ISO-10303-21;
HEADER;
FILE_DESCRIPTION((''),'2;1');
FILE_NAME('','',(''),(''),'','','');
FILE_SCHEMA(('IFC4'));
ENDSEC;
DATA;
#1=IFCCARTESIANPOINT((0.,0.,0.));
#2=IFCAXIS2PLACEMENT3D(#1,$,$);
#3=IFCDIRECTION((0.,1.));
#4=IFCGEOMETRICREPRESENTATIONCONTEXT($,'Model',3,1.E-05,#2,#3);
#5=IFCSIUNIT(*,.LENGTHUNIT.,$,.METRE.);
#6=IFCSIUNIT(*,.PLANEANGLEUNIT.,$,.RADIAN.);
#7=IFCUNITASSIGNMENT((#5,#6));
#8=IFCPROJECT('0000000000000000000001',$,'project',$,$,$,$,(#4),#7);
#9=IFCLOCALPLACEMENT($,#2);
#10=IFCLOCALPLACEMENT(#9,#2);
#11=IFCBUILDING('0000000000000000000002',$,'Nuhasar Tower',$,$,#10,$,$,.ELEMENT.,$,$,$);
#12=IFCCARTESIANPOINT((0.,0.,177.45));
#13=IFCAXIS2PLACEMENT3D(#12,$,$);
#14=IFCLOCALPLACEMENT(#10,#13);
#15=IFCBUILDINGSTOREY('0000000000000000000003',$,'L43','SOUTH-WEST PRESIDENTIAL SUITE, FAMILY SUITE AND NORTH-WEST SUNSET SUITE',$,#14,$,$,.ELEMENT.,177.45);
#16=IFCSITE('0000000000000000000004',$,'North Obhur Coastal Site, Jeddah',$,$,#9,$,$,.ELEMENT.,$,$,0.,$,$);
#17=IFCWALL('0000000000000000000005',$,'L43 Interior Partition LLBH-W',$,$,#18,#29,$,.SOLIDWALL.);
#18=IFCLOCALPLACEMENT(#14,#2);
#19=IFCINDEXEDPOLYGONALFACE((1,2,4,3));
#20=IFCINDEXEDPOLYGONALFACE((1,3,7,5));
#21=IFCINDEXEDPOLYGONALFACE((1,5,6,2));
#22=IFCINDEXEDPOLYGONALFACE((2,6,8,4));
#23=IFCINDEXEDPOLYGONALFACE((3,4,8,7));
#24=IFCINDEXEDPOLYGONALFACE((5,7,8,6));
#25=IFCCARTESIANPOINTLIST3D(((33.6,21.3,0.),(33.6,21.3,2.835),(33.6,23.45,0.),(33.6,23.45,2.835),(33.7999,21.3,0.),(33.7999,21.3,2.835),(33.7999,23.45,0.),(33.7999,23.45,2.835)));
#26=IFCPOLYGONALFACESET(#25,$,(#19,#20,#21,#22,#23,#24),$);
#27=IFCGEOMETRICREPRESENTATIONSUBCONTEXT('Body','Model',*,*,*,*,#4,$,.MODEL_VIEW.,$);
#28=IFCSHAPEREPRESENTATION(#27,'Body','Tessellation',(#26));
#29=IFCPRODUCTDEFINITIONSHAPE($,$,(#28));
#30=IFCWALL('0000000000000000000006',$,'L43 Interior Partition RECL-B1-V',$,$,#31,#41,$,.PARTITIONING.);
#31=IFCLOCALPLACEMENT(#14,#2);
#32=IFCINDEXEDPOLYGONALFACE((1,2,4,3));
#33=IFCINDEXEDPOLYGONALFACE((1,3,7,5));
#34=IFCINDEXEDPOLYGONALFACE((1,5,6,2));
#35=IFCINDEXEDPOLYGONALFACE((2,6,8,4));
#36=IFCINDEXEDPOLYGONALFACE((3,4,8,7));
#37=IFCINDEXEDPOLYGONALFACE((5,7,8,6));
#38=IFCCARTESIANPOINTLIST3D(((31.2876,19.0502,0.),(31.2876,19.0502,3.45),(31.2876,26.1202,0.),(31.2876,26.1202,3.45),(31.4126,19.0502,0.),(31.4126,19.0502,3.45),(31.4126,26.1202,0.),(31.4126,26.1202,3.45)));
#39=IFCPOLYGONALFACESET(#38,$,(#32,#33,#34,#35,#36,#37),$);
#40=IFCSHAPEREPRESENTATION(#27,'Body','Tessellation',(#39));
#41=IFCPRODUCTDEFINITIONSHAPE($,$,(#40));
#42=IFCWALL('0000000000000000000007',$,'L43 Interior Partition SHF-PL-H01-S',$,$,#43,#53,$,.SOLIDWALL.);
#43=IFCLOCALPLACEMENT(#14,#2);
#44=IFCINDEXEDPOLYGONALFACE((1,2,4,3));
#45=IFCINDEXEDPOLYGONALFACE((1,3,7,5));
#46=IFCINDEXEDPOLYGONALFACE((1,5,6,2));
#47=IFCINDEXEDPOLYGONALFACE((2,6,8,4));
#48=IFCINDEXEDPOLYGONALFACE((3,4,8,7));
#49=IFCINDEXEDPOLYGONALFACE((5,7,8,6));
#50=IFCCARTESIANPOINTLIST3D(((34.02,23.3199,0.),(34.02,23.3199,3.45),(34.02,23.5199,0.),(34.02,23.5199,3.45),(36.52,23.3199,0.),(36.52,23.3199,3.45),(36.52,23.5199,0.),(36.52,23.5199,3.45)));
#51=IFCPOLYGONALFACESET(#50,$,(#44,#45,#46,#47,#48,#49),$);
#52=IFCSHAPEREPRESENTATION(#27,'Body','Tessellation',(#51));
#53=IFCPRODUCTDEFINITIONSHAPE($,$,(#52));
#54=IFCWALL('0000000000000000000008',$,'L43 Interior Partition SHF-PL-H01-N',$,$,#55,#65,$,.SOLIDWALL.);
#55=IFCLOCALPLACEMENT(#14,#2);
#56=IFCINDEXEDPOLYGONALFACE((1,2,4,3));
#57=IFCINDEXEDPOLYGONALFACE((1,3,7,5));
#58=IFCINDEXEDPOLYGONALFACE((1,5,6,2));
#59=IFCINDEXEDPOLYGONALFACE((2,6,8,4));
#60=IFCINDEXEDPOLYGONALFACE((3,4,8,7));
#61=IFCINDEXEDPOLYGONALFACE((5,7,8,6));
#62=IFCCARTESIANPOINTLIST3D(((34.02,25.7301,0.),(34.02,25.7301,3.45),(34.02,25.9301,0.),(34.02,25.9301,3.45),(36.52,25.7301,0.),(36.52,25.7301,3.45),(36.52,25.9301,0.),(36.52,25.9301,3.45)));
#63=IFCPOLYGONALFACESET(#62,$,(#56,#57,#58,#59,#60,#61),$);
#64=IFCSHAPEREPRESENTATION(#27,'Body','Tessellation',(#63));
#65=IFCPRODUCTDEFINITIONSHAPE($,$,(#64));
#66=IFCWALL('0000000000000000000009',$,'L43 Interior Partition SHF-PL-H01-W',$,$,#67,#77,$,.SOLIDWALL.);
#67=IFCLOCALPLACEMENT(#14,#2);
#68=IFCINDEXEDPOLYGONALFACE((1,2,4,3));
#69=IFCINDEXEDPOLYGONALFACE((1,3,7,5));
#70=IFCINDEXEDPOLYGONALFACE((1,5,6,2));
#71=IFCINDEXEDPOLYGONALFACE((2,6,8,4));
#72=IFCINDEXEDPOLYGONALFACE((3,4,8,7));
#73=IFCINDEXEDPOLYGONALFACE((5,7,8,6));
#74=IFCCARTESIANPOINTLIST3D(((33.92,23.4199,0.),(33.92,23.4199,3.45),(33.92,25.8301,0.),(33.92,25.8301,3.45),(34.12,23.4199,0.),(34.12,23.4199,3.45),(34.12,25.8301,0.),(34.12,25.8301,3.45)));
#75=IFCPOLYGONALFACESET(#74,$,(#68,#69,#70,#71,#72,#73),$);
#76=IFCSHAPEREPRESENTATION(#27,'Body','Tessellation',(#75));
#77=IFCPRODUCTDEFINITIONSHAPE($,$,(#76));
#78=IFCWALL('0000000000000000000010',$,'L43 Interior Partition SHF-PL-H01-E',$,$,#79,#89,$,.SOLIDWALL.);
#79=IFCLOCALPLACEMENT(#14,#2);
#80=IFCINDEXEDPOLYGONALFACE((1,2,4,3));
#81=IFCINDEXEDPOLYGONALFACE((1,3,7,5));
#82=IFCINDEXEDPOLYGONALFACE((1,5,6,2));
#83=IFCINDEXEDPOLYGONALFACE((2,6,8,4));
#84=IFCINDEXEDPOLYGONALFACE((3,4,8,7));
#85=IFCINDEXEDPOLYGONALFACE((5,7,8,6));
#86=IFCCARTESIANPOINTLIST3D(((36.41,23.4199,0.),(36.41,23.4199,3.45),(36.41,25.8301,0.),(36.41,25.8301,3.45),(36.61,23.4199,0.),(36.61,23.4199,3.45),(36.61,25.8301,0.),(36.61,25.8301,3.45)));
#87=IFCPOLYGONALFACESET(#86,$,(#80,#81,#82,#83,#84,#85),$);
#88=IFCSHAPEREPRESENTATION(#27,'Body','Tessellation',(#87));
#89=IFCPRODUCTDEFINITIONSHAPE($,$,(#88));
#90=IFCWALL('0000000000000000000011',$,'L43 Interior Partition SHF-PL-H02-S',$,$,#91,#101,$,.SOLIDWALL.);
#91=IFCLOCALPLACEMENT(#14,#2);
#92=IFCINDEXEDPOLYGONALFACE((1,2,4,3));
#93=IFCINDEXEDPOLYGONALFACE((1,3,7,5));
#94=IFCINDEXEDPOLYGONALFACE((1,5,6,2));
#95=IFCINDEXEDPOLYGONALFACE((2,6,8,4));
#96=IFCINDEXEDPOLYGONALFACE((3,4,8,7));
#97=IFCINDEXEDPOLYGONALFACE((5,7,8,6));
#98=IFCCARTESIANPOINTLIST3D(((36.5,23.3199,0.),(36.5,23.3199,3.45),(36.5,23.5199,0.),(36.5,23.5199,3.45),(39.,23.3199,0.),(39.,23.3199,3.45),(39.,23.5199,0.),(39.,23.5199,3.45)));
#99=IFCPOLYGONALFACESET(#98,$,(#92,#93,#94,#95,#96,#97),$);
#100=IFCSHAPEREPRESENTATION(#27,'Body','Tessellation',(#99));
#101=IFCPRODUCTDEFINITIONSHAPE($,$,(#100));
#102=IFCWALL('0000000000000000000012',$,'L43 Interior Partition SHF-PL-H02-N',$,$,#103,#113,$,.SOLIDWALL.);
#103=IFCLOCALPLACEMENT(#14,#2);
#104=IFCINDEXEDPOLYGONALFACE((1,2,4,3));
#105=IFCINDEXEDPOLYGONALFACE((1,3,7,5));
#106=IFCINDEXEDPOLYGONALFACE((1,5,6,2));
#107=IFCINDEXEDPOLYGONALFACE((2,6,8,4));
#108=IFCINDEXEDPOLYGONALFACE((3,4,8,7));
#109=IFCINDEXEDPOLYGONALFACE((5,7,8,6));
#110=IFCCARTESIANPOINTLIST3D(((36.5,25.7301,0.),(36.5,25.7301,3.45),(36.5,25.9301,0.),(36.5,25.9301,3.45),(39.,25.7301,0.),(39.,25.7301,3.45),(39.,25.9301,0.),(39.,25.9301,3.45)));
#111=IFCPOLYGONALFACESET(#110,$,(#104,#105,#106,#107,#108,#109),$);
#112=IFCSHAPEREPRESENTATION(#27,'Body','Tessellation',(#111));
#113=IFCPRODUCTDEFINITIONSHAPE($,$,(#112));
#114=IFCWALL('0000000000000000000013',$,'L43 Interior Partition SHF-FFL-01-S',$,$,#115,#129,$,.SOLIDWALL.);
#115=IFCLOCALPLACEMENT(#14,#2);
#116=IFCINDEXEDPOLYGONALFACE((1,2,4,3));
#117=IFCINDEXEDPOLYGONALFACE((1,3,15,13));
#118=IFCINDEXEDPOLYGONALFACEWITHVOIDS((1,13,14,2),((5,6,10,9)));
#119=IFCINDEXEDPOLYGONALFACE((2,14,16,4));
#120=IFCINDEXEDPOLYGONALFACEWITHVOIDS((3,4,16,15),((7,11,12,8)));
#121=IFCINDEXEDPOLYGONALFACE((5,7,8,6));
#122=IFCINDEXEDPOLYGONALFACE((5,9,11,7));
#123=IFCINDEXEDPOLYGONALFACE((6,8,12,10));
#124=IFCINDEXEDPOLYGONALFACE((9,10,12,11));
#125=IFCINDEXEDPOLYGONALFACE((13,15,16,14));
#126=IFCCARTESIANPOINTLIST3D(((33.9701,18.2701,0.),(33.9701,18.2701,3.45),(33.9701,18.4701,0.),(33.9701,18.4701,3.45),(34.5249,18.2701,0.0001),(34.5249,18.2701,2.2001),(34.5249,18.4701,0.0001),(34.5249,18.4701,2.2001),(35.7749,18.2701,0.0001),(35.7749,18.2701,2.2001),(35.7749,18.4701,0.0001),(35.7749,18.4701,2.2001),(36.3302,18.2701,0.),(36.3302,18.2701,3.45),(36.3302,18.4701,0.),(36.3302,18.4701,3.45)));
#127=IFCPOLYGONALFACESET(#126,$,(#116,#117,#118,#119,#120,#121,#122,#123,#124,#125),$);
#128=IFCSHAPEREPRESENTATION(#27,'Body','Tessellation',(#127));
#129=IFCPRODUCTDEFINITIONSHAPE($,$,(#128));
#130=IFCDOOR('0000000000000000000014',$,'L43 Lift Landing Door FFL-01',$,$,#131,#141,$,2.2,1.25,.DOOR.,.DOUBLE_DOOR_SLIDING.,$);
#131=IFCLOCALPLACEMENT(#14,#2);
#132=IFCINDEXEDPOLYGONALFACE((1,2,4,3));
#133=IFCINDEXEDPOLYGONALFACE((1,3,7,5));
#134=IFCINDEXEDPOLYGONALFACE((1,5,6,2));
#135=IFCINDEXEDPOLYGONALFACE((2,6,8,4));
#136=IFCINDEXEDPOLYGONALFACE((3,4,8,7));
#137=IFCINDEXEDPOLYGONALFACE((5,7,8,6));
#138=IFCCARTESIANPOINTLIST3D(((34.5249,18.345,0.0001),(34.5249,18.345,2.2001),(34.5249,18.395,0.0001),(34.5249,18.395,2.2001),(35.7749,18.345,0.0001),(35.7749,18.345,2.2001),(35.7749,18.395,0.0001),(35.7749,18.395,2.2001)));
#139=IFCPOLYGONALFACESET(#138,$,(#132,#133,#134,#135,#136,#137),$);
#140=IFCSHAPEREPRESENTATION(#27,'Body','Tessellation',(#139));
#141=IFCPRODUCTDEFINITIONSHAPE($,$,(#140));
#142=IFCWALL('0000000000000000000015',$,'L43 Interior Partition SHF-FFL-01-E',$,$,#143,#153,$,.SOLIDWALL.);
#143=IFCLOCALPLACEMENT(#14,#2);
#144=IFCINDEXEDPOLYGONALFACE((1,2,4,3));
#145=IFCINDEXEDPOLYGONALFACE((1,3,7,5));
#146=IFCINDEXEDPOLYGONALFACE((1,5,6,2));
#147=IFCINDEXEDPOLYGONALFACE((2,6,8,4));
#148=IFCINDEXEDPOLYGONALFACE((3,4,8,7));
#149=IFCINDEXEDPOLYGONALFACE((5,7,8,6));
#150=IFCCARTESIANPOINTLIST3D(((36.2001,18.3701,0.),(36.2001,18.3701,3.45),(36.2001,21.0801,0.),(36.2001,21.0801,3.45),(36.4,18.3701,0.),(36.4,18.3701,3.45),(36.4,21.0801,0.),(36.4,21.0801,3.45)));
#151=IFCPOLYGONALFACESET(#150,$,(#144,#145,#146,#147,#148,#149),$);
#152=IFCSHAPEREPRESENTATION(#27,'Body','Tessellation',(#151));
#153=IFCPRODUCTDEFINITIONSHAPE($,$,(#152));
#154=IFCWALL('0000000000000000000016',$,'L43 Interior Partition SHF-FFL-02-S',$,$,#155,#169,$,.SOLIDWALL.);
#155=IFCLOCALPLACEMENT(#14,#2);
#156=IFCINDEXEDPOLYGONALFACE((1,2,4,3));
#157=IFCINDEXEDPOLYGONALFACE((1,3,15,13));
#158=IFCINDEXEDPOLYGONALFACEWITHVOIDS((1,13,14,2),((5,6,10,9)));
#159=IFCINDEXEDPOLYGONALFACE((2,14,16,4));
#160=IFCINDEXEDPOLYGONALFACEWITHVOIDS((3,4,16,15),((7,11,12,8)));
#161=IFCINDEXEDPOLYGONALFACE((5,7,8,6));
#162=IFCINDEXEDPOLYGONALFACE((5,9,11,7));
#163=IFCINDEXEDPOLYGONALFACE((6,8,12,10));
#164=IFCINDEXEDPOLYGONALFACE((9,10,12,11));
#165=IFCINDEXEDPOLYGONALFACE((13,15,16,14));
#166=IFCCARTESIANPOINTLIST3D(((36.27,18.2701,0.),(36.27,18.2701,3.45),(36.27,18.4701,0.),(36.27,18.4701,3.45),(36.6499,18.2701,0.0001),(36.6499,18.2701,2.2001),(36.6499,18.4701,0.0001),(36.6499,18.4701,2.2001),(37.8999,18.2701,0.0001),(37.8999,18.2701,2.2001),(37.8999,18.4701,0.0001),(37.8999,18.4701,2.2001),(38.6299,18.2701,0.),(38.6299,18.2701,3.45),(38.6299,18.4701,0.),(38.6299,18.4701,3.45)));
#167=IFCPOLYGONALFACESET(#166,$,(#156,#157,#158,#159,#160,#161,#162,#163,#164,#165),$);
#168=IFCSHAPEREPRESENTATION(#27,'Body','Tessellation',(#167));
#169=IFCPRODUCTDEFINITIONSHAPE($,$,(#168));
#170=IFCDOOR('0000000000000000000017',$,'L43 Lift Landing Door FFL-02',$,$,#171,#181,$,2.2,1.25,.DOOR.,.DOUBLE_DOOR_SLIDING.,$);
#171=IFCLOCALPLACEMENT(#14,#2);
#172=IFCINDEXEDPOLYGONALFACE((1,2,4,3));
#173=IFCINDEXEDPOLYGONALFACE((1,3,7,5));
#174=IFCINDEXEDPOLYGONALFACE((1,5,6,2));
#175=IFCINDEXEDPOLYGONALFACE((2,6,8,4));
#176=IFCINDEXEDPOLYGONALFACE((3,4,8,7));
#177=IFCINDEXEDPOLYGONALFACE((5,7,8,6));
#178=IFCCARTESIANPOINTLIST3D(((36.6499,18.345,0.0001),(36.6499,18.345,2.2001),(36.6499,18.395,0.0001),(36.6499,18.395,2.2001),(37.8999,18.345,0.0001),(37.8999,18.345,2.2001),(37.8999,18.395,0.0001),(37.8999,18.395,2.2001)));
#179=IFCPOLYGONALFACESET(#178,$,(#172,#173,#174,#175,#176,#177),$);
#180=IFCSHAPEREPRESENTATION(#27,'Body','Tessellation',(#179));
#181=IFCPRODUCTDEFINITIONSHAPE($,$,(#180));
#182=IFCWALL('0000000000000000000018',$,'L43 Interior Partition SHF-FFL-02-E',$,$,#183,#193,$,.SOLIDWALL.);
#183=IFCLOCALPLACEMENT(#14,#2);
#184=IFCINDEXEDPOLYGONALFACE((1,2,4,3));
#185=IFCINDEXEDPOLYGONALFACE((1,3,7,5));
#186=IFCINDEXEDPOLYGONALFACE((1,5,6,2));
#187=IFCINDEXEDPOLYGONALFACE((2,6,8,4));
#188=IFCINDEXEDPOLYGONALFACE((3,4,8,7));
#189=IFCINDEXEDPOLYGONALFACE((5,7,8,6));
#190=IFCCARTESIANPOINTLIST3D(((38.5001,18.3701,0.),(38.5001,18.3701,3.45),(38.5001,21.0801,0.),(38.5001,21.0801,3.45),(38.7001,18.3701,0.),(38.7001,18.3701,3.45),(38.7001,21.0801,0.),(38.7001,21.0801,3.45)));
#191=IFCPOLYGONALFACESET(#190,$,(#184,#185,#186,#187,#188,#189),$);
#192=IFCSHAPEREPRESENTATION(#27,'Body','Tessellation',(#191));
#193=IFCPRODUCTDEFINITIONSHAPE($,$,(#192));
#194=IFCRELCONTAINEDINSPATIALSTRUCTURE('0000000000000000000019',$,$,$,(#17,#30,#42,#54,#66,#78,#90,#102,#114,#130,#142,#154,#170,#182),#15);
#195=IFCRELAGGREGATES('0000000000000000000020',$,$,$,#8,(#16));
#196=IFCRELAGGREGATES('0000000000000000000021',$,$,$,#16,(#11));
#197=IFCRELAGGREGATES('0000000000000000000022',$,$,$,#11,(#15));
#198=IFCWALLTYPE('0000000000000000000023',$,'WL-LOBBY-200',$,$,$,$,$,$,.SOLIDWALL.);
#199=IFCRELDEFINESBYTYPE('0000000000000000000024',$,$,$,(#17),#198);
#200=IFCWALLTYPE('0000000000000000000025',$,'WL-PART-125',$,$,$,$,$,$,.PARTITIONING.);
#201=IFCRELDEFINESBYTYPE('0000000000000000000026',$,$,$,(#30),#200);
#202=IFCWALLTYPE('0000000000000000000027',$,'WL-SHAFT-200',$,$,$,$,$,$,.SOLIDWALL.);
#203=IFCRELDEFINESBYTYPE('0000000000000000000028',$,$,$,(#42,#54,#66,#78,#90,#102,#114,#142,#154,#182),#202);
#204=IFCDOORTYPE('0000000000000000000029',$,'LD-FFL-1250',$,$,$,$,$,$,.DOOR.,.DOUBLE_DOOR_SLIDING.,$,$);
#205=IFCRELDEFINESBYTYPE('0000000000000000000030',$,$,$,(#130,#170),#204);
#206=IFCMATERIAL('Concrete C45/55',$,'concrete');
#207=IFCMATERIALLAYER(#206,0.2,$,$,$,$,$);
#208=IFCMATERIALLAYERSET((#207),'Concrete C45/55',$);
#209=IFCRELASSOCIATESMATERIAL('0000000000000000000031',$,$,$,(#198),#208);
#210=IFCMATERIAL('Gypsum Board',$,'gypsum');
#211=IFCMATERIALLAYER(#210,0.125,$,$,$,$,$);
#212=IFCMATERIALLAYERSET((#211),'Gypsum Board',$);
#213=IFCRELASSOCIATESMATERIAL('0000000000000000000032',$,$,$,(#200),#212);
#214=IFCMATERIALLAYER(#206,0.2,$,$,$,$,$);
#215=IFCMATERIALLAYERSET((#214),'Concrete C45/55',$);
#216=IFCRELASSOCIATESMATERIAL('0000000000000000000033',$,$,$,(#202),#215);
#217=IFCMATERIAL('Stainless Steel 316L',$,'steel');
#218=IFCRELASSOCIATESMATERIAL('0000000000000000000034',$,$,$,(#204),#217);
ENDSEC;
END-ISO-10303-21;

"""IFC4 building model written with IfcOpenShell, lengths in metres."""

from ifc_helpers import new_model, si_unit, direction, frame, frame_2d, origin, place, context, subcontext, project, spatial, rectangle, extrude, material, layer, layer_set, type_object, element, fill, save


model = new_model("IFC4")

# Units and contexts
model_context = context("Model", 3, precision=1e-05, world=origin(), true_north=direction((0.0, 1.0)))
body_context = subcontext(model_context, "Body", "Model", "MODEL_VIEW")
ifc_project = project(units=[si_unit("LENGTHUNIT", "METRE"), si_unit("PLANEANGLEUNIT", "RADIAN")], contexts=[model_context])

# Site, building, storey
site_placement = place(None, origin())
site = spatial("IfcSite", under=ifc_project, at=site_placement, Name="North Obhur Coastal Site, Jeddah", CompositionType="ELEMENT", RefElevation=0.0)
building_placement = place(site_placement, origin())
building = spatial("IfcBuilding", under=site, at=building_placement, Name="Nuhasar Tower", CompositionType="ELEMENT")
storey_placement = place(building_placement, frame((0.0, 0.0, 177.45)))
storey = spatial("IfcBuildingStorey", under=building, at=storey_placement, Name="L43", Description="SOUTH-WEST PRESIDENTIAL SUITE, FAMILY SUITE AND NORTH-WEST SUNSET SUITE", CompositionType="ELEMENT", Elevation=177.45)

# Shared definitions
ifc_material_1 = material(Name="Gypsum Board", Category="gypsum")

# Walls
ifc_material_2 = material(Name="Concrete C45/55", Category="concrete")
ifc_layer_1 = layer(ifc_material_2, 0.2)
ifc_layer_set_1 = layer_set([ifc_layer_1], Name="Concrete C45/55")
wall_type_1 = type_object("IfcWallType", Name="WL-LOBBY-200", PredefinedType="SOLIDWALL", material=ifc_layer_set_1)
wall_1_placement = place(storey_placement, frame((33.7, 21.3, 0.0), z_axis=(0.0, 0.0, 1.0), x_axis=(0.0, 1.0, 0.0)))
element("IfcWall", 1, at=wall_1_placement, inside=storey, type_object=wall_type_1, Name="L43 Interior Partition LLBH-W", PredefinedType="SOLIDWALL", context=body_context, shape_type="SweptSolid", body=[
    extrude(rectangle(XDim=2.1499, YDim=0.2, at=frame_2d((1.075, 0.0))), origin(), (0.0, 0.0, 1.0), 2.835),
])
ifc_layer_2 = layer(ifc_material_1, 0.125)
ifc_layer_set_2 = layer_set([ifc_layer_2], Name="Gypsum Board")
wall_type_2 = type_object("IfcWallType", Name="WL-PART-125", PredefinedType="PARTITIONING", material=ifc_layer_set_2)
wall_2_placement = place(storey_placement, frame((31.3501, 19.05, 0.0), z_axis=(0.0, 0.0, 1.0), x_axis=(0.0, 1.0, 0.0)))
element("IfcWall", 2, at=wall_2_placement, inside=storey, type_object=wall_type_2, Name="L43 Interior Partition RECL-B1-V", PredefinedType="PARTITIONING", context=body_context, shape_type="SweptSolid", body=[
    extrude(rectangle(XDim=7.0701, YDim=0.125, at=frame_2d((3.5352, 0.0))), origin(), (0.0, 0.0, 1.0), 3.45),
])
ifc_layer_3 = layer(ifc_material_2, 0.2)
ifc_layer_set_3 = layer_set([ifc_layer_3], Name="Concrete C45/55")
wall_type_3 = type_object("IfcWallType", Name="WL-SHAFT-200", PredefinedType="SOLIDWALL", material=ifc_layer_set_3)
for number, where, z_axis, x_axis, name in (
    (3, (34.02, 23.4199, 0.0), (0.0, 0.0, 1.0), (1.0, 0.0, 0.0), "L43 Interior Partition SHF-PL-H01-S"),
    (4, (34.02, 25.8301, 0.0), (0.0, 0.0, 1.0), (1.0, 0.0, 0.0), "L43 Interior Partition SHF-PL-H01-N"),
):
    element("IfcWall", number, at=place(storey_placement, frame(where, z_axis=z_axis, x_axis=x_axis)), inside=storey, type_object=wall_type_3, Name=name, PredefinedType="SOLIDWALL", context=body_context, shape_type="SweptSolid", body=[
        extrude(rectangle(XDim=2.5, YDim=0.2, at=frame_2d((1.25, 0.0))), origin(), (0.0, 0.0, 1.0), 3.45),
    ])
for number, where, z_axis, x_axis, name in (
    (5, (34.02, 23.4199, 0.0), (0.0, 0.0, 1.0), (0.0, 1.0, 0.0), "L43 Interior Partition SHF-PL-H01-W"),
    (6, (36.51, 23.4199, 0.0), (0.0, 0.0, 1.0), (0.0, 1.0, 0.0), "L43 Interior Partition SHF-PL-H01-E"),
):
    element("IfcWall", number, at=place(storey_placement, frame(where, z_axis=z_axis, x_axis=x_axis)), inside=storey, type_object=wall_type_3, Name=name, PredefinedType="SOLIDWALL", context=body_context, shape_type="SweptSolid", body=[
        extrude(rectangle(XDim=2.4102, YDim=0.2, at=frame_2d((1.2051, 0.0))), origin(), (0.0, 0.0, 1.0), 3.45),
    ])
for number, where, z_axis, x_axis, name in (
    (7, (36.5, 23.4199, 0.0), (0.0, 0.0, 1.0), (1.0, 0.0, 0.0), "L43 Interior Partition SHF-PL-H02-S"),
    (8, (36.5, 25.8301, 0.0), (0.0, 0.0, 1.0), (1.0, 0.0, 0.0), "L43 Interior Partition SHF-PL-H02-N"),
):
    element("IfcWall", number, at=place(storey_placement, frame(where, z_axis=z_axis, x_axis=x_axis)), inside=storey, type_object=wall_type_3, Name=name, PredefinedType="SOLIDWALL", context=body_context, shape_type="SweptSolid", body=[
        extrude(rectangle(XDim=2.5, YDim=0.2, at=frame_2d((1.25, 0.0))), origin(), (0.0, 0.0, 1.0), 3.45),
    ])

# Wall, opening, door
wall_3_placement = place(storey_placement, frame((33.97, 18.3701, 0.0), z_axis=(0.0, 0.0, 1.0), x_axis=(1.0, 0.0, 0.0)))
wall_3 = element("IfcWall", 9, at=wall_3_placement, inside=storey, type_object=wall_type_3, Name="L43 Interior Partition SHF-FFL-01-S", PredefinedType="SOLIDWALL", context=body_context, shape_type="SweptSolid", body=[
    extrude(rectangle(XDim=2.3601, YDim=0.2, at=frame_2d((1.1802, 0.0))), origin(), (0.0, 0.0, 1.0), 3.45),
])
opening_1_placement = place(wall_3_placement, frame((0.5549, 0.0, 0.0)))
opening_1 = element("IfcOpeningElement", 10, at=opening_1_placement, cuts=wall_3, PredefinedType="OPENING", context=body_context, shape_type="SweptSolid", body=[
    extrude(rectangle(XDim=1.25, YDim=2.2, at=frame_2d((0.625, 1.1001))), frame((0.0, 0.1099, 0.0), z_axis=(0.0, -1.0, 0.0), x_axis=(1.0, 0.0, 0.0)), (0.0, 0.0, 1.0), 0.22),
])
ifc_material_3 = material(Name="Stainless Steel 316L", Category="steel")
door_type_1 = type_object("IfcDoorType", Name="LD-FFL-1250", OperationType="DOUBLE_DOOR_SLIDING", PredefinedType="DOOR", material=ifc_material_3)
door_1_placement = place(opening_1_placement, origin())
door_1 = element("IfcDoor", 11, at=door_1_placement, inside=storey, type_object=door_type_1, Name="L43 Lift Landing Door FFL-01", OperationType="DOUBLE_DOOR_SLIDING", OverallHeight=2.2, OverallWidth=1.25, PredefinedType="DOOR", context=body_context, shape_type="SweptSolid", body=[
    extrude(rectangle(XDim=1.25, YDim=2.2, at=frame_2d((0.625, 1.1001))), frame((0.0, 0.0249, 0.0), z_axis=(0.0, -1.0, 0.0), x_axis=(1.0, 0.0, 0.0)), (0.0, 0.0, 1.0), 0.05),
])
fill(opening_1, door_1)

# Wall
wall_4_placement = place(storey_placement, frame((36.3, 18.3701, 0.0), z_axis=(0.0, 0.0, 1.0), x_axis=(0.0, 1.0, 0.0)))
element("IfcWall", 12, at=wall_4_placement, inside=storey, type_object=wall_type_3, Name="L43 Interior Partition SHF-FFL-01-E", PredefinedType="SOLIDWALL", context=body_context, shape_type="SweptSolid", body=[
    extrude(rectangle(XDim=2.71, YDim=0.2, at=frame_2d((1.355, 0.0))), origin(), (0.0, 0.0, 1.0), 3.45),
])

# Wall, opening, door
wall_5_placement = place(storey_placement, frame((36.27, 18.3701, 0.0), z_axis=(0.0, 0.0, 1.0), x_axis=(1.0, 0.0, 0.0)))
wall_5 = element("IfcWall", 13, at=wall_5_placement, inside=storey, type_object=wall_type_3, Name="L43 Interior Partition SHF-FFL-02-S", PredefinedType="SOLIDWALL", context=body_context, shape_type="SweptSolid", body=[
    extrude(rectangle(XDim=2.3599, YDim=0.2, at=frame_2d((1.1799, 0.0))), origin(), (0.0, 0.0, 1.0), 3.45),
])
opening_2_placement = place(wall_5_placement, frame((0.3799, 0.0, 0.0)))
opening_2 = element("IfcOpeningElement", 14, at=opening_2_placement, cuts=wall_5, PredefinedType="OPENING", context=body_context, shape_type="SweptSolid", body=[
    extrude(rectangle(XDim=1.25, YDim=2.2, at=frame_2d((0.625, 1.1001))), frame((0.0, 0.1099, 0.0), z_axis=(0.0, -1.0, 0.0), x_axis=(1.0, 0.0, 0.0)), (0.0, 0.0, 1.0), 0.22),
])
door_2_placement = place(opening_2_placement, origin())
door_2 = element("IfcDoor", 15, at=door_2_placement, inside=storey, type_object=door_type_1, Name="L43 Lift Landing Door FFL-02", OperationType="DOUBLE_DOOR_SLIDING", OverallHeight=2.2, OverallWidth=1.25, PredefinedType="DOOR", context=body_context, shape_type="SweptSolid", body=[
    extrude(rectangle(XDim=1.25, YDim=2.2, at=frame_2d((0.625, 1.1001))), frame((0.0, 0.0249, 0.0), z_axis=(0.0, -1.0, 0.0), x_axis=(1.0, 0.0, 0.0)), (0.0, 0.0, 1.0), 0.05),
])
fill(opening_2, door_2)

# Wall
wall_6_placement = place(storey_placement, frame((38.6001, 18.3701, 0.0), z_axis=(0.0, 0.0, 1.0), x_axis=(0.0, 1.0, 0.0)))
element("IfcWall", 16, at=wall_6_placement, inside=storey, type_object=wall_type_3, Name="L43 Interior Partition SHF-FFL-02-E", PredefinedType="SOLIDWALL", context=body_context, shape_type="SweptSolid", body=[
    extrude(rectangle(XDim=2.71, YDim=0.2, at=frame_2d((1.355, 0.0))), origin(), (0.0, 0.0, 1.0), 3.45),
])

save(model, "model.ifc")
